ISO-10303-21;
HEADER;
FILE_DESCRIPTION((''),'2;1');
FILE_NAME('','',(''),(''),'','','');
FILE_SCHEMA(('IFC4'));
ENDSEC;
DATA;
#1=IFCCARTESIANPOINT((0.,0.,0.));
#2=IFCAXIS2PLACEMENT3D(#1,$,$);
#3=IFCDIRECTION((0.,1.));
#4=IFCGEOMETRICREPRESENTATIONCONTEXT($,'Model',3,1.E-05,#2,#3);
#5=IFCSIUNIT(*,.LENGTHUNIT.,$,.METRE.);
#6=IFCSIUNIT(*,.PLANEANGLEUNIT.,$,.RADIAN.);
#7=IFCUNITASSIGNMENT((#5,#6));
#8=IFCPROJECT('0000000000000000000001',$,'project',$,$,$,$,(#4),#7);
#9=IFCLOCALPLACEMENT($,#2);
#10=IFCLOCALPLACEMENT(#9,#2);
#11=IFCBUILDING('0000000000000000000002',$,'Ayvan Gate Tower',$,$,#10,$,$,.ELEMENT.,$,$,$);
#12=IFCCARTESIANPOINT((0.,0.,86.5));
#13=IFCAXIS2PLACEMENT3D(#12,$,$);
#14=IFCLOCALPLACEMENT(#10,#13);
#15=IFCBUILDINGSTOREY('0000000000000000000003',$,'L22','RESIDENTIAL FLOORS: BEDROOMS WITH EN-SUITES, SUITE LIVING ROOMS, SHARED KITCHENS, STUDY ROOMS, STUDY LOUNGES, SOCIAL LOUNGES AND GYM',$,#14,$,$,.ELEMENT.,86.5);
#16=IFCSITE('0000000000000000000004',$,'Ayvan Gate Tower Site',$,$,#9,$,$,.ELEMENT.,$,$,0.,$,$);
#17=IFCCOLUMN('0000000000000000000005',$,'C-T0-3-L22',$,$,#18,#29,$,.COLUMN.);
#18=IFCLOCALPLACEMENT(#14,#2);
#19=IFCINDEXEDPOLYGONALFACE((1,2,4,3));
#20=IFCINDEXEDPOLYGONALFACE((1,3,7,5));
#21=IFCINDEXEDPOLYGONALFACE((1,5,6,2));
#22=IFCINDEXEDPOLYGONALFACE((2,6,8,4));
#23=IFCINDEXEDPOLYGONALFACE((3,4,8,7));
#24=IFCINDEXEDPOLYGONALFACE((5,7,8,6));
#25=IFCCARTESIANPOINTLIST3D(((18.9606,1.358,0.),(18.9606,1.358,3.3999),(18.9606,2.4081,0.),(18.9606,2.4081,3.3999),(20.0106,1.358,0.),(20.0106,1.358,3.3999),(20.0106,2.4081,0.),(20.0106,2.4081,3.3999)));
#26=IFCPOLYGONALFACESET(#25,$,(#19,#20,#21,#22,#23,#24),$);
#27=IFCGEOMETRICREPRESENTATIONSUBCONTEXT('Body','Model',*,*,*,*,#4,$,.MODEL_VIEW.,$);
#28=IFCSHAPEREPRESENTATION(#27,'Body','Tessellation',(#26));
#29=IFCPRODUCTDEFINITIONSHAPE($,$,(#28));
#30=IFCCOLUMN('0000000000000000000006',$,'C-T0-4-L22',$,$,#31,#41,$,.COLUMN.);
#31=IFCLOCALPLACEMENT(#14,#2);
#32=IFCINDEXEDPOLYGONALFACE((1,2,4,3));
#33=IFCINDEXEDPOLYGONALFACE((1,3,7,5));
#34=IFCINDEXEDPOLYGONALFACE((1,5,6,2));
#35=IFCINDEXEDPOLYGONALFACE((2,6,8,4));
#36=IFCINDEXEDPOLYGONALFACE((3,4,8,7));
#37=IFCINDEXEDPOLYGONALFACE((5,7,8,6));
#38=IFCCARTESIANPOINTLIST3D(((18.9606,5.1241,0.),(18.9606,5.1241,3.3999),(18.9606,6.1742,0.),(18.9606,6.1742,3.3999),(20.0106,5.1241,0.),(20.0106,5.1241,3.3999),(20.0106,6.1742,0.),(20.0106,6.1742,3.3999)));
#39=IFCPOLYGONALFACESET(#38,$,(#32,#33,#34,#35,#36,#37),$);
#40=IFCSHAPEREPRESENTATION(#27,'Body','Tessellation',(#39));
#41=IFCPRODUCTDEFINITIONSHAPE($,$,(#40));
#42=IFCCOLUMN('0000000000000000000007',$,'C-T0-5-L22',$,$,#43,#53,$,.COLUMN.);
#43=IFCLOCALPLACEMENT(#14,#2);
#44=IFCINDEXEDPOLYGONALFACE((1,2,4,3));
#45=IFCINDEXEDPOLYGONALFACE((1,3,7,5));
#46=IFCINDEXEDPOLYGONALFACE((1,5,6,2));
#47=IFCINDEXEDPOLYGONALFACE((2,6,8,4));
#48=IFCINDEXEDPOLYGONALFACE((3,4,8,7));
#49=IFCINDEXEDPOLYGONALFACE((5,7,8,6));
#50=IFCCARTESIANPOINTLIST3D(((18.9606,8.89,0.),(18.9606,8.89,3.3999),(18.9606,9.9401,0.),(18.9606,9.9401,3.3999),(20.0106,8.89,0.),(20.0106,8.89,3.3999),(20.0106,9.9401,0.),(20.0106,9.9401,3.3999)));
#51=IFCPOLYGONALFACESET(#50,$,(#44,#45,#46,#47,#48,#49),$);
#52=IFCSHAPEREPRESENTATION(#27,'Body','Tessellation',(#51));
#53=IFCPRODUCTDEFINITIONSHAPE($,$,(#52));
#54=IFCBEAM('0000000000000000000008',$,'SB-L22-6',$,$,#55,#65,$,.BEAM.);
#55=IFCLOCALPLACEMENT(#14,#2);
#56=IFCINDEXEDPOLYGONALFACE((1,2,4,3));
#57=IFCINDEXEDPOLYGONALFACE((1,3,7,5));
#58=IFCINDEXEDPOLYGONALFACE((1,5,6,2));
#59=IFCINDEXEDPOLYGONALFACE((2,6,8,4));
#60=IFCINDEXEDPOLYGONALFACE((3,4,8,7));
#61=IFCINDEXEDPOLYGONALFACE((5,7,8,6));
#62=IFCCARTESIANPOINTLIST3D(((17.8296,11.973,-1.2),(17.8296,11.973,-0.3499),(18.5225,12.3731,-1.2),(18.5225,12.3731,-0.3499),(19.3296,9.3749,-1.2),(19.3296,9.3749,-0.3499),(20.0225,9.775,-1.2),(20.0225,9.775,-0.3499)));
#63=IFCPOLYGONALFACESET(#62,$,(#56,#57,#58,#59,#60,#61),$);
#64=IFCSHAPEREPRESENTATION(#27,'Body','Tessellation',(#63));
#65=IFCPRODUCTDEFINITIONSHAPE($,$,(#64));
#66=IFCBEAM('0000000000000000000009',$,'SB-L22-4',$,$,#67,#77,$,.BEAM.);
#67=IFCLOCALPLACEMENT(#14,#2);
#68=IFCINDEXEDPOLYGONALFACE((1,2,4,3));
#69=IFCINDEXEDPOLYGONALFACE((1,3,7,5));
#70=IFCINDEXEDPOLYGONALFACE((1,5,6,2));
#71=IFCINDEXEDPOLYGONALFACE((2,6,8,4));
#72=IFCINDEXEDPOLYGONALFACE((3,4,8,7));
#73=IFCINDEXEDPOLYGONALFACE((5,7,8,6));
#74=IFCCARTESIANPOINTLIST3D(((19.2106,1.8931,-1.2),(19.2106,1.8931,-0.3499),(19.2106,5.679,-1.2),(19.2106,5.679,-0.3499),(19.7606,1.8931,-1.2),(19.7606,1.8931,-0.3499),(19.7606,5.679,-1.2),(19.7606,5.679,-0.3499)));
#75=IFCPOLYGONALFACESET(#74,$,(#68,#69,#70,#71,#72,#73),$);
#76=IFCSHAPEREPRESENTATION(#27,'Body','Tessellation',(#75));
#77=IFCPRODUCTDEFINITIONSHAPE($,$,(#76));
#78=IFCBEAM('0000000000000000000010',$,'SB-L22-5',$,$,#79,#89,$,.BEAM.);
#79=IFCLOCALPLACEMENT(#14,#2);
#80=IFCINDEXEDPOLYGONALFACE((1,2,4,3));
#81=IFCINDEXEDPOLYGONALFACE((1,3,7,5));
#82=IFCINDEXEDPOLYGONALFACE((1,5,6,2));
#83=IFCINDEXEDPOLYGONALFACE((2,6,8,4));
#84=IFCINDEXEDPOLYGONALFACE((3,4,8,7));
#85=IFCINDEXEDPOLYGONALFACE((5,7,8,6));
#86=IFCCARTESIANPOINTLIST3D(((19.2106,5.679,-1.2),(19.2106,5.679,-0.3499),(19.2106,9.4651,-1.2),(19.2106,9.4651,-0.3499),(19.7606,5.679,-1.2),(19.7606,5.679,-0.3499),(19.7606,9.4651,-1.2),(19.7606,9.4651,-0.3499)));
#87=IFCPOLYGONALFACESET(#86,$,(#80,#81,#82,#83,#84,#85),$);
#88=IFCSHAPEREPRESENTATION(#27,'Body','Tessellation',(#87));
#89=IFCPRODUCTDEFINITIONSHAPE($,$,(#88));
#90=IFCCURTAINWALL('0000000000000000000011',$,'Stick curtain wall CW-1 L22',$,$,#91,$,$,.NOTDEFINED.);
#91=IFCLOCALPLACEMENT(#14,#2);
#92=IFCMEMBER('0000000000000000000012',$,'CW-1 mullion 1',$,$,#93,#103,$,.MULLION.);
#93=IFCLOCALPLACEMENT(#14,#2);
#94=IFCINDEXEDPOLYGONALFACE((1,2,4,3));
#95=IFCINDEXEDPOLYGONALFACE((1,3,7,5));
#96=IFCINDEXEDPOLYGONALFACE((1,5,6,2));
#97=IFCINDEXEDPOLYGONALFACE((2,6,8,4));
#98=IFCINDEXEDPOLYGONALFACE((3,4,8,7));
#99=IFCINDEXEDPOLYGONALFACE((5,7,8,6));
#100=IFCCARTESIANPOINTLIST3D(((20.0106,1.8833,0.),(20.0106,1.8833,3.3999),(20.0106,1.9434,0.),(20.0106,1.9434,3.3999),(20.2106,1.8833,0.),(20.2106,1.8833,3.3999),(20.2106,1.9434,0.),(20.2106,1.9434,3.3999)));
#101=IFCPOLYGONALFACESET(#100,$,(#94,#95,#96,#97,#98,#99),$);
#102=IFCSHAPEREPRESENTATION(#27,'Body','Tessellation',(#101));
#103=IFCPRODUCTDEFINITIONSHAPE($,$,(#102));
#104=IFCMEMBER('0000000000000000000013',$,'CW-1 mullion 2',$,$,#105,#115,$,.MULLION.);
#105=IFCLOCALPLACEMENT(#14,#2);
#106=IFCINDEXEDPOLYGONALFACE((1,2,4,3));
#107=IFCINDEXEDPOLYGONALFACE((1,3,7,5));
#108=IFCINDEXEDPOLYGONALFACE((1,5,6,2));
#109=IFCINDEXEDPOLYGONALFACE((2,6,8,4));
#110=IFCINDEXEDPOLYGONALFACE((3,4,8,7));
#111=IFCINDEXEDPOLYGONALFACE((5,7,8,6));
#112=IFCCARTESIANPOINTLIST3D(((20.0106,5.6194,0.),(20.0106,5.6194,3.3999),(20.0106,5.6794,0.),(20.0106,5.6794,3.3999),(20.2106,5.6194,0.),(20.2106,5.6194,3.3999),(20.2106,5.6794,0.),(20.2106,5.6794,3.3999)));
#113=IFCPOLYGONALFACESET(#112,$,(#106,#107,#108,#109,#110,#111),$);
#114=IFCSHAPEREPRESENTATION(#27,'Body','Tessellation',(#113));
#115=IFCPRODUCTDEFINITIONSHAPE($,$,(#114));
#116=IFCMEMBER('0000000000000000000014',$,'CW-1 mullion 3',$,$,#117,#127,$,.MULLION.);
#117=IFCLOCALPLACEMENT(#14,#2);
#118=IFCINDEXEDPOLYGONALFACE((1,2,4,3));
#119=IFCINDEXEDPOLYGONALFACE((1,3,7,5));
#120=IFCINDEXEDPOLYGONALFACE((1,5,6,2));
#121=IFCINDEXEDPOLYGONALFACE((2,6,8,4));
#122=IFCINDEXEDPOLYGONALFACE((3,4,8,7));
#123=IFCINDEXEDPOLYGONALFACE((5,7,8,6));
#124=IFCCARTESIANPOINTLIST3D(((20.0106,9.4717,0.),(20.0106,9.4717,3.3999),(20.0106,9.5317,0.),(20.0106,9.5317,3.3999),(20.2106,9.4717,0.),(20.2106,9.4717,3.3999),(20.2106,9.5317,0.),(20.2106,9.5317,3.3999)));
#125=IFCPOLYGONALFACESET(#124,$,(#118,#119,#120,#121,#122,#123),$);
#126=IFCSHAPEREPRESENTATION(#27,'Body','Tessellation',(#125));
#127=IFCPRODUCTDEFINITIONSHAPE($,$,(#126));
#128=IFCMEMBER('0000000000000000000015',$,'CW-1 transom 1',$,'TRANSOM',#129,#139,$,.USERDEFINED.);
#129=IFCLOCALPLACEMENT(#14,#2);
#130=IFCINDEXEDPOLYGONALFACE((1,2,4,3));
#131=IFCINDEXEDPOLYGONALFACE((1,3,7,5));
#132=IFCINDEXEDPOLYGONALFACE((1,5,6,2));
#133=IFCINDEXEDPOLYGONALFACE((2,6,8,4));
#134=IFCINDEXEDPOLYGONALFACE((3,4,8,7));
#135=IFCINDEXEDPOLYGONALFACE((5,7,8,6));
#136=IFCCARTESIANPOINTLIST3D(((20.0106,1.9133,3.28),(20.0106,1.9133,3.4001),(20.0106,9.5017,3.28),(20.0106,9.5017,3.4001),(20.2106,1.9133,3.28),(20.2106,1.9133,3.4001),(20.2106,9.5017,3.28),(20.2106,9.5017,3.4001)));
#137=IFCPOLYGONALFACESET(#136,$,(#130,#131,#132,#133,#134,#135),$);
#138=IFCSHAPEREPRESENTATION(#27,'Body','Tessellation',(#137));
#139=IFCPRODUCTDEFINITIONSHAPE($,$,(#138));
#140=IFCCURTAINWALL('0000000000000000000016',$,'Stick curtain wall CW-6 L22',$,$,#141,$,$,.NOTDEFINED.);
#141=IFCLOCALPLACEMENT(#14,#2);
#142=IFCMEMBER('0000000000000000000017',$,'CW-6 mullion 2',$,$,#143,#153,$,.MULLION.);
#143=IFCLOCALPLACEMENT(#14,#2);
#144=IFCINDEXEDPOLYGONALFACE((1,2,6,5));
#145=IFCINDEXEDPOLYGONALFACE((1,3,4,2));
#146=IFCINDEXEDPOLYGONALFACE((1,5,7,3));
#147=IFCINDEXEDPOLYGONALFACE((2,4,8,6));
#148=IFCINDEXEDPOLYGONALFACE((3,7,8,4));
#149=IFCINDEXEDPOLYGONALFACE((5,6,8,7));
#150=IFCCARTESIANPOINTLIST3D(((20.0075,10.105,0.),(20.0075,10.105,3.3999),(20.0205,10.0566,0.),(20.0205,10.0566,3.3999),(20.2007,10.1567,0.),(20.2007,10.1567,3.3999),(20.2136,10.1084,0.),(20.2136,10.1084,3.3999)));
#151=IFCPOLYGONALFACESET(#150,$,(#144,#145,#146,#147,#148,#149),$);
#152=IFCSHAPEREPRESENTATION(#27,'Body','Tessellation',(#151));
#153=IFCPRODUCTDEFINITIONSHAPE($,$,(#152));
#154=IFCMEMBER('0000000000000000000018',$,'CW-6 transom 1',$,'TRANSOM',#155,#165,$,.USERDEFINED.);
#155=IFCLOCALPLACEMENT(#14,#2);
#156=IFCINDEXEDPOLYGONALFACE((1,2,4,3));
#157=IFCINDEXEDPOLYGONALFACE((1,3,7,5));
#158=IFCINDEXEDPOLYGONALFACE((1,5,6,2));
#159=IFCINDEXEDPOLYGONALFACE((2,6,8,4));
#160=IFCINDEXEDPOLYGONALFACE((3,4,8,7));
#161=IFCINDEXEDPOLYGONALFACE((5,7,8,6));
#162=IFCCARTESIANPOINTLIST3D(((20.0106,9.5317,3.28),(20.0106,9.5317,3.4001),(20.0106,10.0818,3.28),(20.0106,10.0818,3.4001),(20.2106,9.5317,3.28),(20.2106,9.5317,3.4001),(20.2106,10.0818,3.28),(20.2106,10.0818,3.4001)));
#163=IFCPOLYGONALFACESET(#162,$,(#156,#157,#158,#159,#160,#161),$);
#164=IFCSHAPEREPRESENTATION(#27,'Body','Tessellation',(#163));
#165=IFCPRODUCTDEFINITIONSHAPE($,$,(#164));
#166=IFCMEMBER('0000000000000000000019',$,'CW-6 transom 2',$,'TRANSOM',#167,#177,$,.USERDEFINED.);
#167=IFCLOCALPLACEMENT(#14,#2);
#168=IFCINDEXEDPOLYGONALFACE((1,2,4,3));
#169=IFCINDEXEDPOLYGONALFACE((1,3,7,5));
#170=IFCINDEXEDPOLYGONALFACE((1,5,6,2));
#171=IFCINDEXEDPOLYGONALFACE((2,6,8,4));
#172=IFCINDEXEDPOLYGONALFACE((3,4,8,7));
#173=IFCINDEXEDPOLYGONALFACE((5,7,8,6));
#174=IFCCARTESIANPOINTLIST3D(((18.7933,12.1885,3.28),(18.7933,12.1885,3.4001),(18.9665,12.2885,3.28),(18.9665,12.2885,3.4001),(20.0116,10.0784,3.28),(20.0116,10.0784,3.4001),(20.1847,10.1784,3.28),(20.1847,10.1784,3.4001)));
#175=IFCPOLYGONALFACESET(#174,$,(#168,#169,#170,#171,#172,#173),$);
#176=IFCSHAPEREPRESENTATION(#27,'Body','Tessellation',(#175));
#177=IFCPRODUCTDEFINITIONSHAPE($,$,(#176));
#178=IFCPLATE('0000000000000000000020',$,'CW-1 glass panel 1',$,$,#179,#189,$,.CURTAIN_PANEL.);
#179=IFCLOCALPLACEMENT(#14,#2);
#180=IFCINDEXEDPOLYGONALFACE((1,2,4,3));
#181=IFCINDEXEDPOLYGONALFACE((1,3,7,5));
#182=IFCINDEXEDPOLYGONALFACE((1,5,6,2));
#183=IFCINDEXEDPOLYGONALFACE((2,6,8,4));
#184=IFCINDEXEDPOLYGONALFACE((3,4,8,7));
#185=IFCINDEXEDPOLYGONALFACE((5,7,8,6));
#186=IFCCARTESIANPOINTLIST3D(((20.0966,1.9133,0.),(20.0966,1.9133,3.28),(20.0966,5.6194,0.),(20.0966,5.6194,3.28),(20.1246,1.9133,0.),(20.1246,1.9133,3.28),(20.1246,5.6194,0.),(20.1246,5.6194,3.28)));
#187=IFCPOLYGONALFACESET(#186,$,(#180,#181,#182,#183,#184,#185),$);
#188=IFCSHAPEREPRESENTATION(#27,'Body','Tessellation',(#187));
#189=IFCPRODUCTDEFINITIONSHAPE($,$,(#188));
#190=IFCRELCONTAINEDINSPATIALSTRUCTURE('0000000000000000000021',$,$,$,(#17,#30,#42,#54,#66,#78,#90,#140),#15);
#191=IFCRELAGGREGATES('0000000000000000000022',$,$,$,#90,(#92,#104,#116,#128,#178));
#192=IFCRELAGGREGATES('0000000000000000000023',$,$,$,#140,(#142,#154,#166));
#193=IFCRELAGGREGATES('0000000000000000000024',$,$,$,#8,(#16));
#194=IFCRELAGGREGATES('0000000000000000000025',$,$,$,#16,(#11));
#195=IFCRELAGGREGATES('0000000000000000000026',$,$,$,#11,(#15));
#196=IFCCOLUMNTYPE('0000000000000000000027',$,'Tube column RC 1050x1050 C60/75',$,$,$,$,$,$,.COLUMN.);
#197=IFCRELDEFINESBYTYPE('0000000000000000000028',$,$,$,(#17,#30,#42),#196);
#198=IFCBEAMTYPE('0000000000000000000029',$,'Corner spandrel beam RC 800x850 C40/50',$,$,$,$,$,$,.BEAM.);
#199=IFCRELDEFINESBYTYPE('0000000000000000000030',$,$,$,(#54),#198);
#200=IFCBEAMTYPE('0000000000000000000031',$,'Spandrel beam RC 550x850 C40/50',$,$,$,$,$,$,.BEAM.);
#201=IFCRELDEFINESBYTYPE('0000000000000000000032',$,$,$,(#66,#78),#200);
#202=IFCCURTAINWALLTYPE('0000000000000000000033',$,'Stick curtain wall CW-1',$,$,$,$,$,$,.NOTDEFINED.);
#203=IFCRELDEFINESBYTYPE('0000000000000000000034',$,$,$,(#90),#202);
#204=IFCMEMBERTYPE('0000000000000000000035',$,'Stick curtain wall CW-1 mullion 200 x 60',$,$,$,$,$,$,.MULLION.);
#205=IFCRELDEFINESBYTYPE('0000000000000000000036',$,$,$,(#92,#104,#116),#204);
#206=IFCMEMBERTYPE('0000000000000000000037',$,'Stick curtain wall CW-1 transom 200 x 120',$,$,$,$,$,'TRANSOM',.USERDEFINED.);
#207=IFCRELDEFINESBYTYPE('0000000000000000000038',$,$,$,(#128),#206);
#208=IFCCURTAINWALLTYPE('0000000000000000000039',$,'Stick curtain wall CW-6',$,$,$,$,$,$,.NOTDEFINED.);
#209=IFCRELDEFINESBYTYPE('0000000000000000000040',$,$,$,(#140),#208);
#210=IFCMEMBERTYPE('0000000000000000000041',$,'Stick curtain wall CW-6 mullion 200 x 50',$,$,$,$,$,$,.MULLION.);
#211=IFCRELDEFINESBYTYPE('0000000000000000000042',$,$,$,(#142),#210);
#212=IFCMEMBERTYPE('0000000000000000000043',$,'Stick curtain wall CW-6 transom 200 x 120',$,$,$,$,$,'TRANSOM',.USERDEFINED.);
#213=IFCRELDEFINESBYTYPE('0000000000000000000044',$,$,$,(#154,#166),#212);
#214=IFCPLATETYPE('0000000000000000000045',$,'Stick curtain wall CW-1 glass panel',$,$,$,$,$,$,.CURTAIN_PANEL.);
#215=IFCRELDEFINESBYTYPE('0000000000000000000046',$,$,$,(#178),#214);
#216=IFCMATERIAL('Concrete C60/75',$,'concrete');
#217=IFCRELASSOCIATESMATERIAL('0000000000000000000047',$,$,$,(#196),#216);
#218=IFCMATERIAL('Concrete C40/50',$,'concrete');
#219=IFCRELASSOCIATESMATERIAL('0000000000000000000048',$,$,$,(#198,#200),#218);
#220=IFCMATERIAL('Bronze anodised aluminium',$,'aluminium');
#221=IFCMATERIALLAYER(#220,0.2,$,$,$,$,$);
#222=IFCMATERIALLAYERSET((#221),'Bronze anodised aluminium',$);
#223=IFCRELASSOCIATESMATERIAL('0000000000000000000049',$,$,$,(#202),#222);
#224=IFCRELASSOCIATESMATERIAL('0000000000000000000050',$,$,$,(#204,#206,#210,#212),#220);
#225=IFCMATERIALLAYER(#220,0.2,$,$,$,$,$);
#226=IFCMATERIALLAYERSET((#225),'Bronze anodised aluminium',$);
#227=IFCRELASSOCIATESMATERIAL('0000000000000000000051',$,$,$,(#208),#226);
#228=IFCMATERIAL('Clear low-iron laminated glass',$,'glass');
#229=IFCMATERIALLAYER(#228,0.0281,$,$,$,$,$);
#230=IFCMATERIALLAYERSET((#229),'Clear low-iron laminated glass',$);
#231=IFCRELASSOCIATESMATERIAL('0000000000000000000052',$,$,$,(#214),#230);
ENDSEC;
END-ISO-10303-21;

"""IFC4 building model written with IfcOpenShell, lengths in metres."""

from ifc_helpers import new_model, si_unit, direction, frame, origin, origin_2d, place, context, subcontext, project, spatial, rectangle, extrude, material, layer, layer_set, material_profile, profile_set, type_object, element, aggregate, save


model = new_model("IFC4")

# Units and contexts
model_context = context("Model", 3, precision=1e-05, world=origin(), true_north=direction((0.0, 1.0)))
body_context = subcontext(model_context, "Body", "Model", "MODEL_VIEW")
ifc_project = project(units=[si_unit("LENGTHUNIT", "METRE"), si_unit("PLANEANGLEUNIT", "RADIAN")], contexts=[model_context])

# Site, building, storey
site_placement = place(None, origin())
site = spatial("IfcSite", under=ifc_project, at=site_placement, Name="Ayvan Gate Tower Site", CompositionType="ELEMENT", RefElevation=0.0)
building_placement = place(site_placement, origin())
building = spatial("IfcBuilding", under=site, at=building_placement, Name="Ayvan Gate Tower", CompositionType="ELEMENT")
storey_placement = place(building_placement, frame((0.0, 0.0, 86.5)))
storey = spatial("IfcBuildingStorey", under=building, at=storey_placement, Name="L22", Description="RESIDENTIAL FLOORS: BEDROOMS WITH EN-SUITES, SUITE LIVING ROOMS, SHARED KITCHENS, STUDY ROOMS, STUDY LOUNGES, SOCIAL LOUNGES AND GYM", CompositionType="ELEMENT", Elevation=86.5)

# Columns
ifc_material_1 = material(Name="Concrete C60/75", Category="concrete")
ifc_material_profile_1 = material_profile(ifc_material_1, rectangle(XDim=1.05, YDim=1.05, at=origin_2d()), Name="RC 1050x1050")
ifc_profile_set_1 = profile_set([ifc_material_profile_1], Name="Concrete C60/75")
column_type = type_object("IfcColumnType", Name="Tube column RC 1050x1050 C60/75", PredefinedType="COLUMN", material=ifc_profile_set_1)
for number, where, z_axis, x_axis, name in (
    (1, (19.4856, 1.8831, 0.0), (0.0, 0.0, 1.0), (1.0, 0.0, 0.0), "C-T0-3-L22"),
    (2, (19.4856, 5.6492, 0.0), (0.0, 0.0, 1.0), (1.0, 0.0, 0.0), "C-T0-4-L22"),
    (3, (19.4856, 9.415, 0.0), (0.0, 0.0, 1.0), (1.0, 0.0, 0.0), "C-T0-5-L22"),
):
    element("IfcColumn", number, at=place(storey_placement, frame(where, z_axis=z_axis, x_axis=x_axis)), inside=storey, type_object=column_type, Name=name, PredefinedType="COLUMN", context=body_context, shape_type="SweptSolid", body=[
        extrude(rectangle(XDim=1.05, YDim=1.05, at=origin_2d()), origin(), (0.0, 0.0, 1.0), 3.3999),
    ])

# Beams
ifc_material_2 = material(Name="Concrete C40/50", Category="concrete")
ifc_material_profile_2 = material_profile(ifc_material_2, rectangle(XDim=0.8, YDim=0.8501, at=origin_2d()), Name="RC 800x850")
ifc_profile_set_2 = profile_set([ifc_material_profile_2], Name="Concrete C40/50")
beam_type_1 = type_object("IfcBeamType", Name="Corner spandrel beam RC 800x850 C40/50", PredefinedType="BEAM", material=ifc_profile_set_2)
beam_1_placement = place(storey_placement, frame((19.676, 9.575, -0.7749), z_axis=(-0.49999, 0.866031, 0.0), x_axis=(-0.866031, -0.49999, 0.0)))
element("IfcBeam", 4, at=beam_1_placement, inside=storey, type_object=beam_type_1, Name="SB-L22-6", PredefinedType="BEAM", context=body_context, shape_type="SweptSolid", body=[
    extrude(rectangle(XDim=0.8, YDim=0.8501, at=origin_2d()), origin(), (0.0, 0.0, 1.0), 3.0),
])
ifc_material_profile_3 = material_profile(ifc_material_2, rectangle(XDim=0.55, YDim=0.8501, at=origin_2d()), Name="RC 550x850")
ifc_profile_set_3 = profile_set([ifc_material_profile_3], Name="Concrete C40/50")
beam_type_2 = type_object("IfcBeamType", Name="Spandrel beam RC 550x850 C40/50", PredefinedType="BEAM", material=ifc_profile_set_3)
beam_2_placement = place(storey_placement, frame((19.4856, 1.8931, -0.7749), z_axis=(0.0, 1.0, 0.0), x_axis=(-1.0, 0.0, 0.0)))
element("IfcBeam", 5, at=beam_2_placement, inside=storey, type_object=beam_type_2, Name="SB-L22-4", PredefinedType="BEAM", context=body_context, shape_type="SweptSolid", body=[
    extrude(rectangle(XDim=0.55, YDim=0.8501, at=origin_2d()), origin(), (0.0, 0.0, 1.0), 3.7859),
])
beam_3_placement = place(storey_placement, frame((19.4856, 5.679, -0.7749), z_axis=(0.0, 1.0, 0.0), x_axis=(-1.0, 0.0, 0.0)))
element("IfcBeam", 6, at=beam_3_placement, inside=storey, type_object=beam_type_2, Name="SB-L22-5", PredefinedType="BEAM", context=body_context, shape_type="SweptSolid", body=[
    extrude(rectangle(XDim=0.55, YDim=0.8501, at=origin_2d()), origin(), (0.0, 0.0, 1.0), 3.7861),
])

# Curtain walls, members
ifc_material_3 = material(Name="Bronze anodised aluminium", Category="aluminium")
ifc_layer_1 = layer(ifc_material_3, 0.2)
ifc_layer_set_1 = layer_set([ifc_layer_1], Name="Bronze anodised aluminium")
curtain_wall_type_1 = type_object("IfcCurtainWallType", Name="Stick curtain wall CW-1", PredefinedType="NOTDEFINED", material=ifc_layer_set_1)
curtain_wall_1_placement = place(storey_placement, origin())
curtain_wall_1 = element("IfcCurtainWall", 7, at=curtain_wall_1_placement, inside=storey, type_object=curtain_wall_type_1, Name="Stick curtain wall CW-1 L22", PredefinedType="NOTDEFINED")
ifc_material_profile_4 = material_profile(ifc_material_3, rectangle(XDim=0.2, YDim=0.0601, at=origin_2d()), Name="Stick curtain wall CW-1 mullion 200 x 60")
ifc_profile_set_4 = profile_set([ifc_material_profile_4], Name="Bronze anodised aluminium")
member_type_1 = type_object("IfcMemberType", Name="Stick curtain wall CW-1 mullion 200 x 60", PredefinedType="MULLION", material=ifc_profile_set_4)
member_1_placement = place(storey_placement, frame((20.1106, 1.9133, 0.0), z_axis=(0.0, 0.0, 1.0), x_axis=(1.0, 0.0, 0.0)))
member_1 = element("IfcMember", 8, at=member_1_placement, type_object=member_type_1, Name="CW-1 mullion 1", PredefinedType="MULLION", context=body_context, shape_type="SweptSolid", body=[
    extrude(rectangle(XDim=0.2, YDim=0.0601, at=origin_2d()), origin(), (0.0, 0.0, 1.0), 3.3999),
])
member_2_placement = place(storey_placement, frame((20.1106, 5.6494, 0.0), z_axis=(0.0, 0.0, 1.0), x_axis=(1.0, 0.0, 0.0)))
member_2 = element("IfcMember", 9, at=member_2_placement, type_object=member_type_1, Name="CW-1 mullion 2", PredefinedType="MULLION", context=body_context, shape_type="SweptSolid", body=[
    extrude(rectangle(XDim=0.2, YDim=0.0601, at=origin_2d()), origin(), (0.0, 0.0, 1.0), 3.3999),
])
member_3_placement = place(storey_placement, frame((20.1106, 9.5017, 0.0), z_axis=(0.0, 0.0, 1.0), x_axis=(1.0, 0.0, 0.0)))
member_3 = element("IfcMember", 10, at=member_3_placement, type_object=member_type_1, Name="CW-1 mullion 3", PredefinedType="MULLION", context=body_context, shape_type="SweptSolid", body=[
    extrude(rectangle(XDim=0.2, YDim=0.0601, at=origin_2d()), origin(), (0.0, 0.0, 1.0), 3.3999),
])
ifc_material_profile_5 = material_profile(ifc_material_3, rectangle(XDim=0.2, YDim=0.1201, at=origin_2d()), Name="Stick curtain wall CW-1 transom 200 x 120")
ifc_profile_set_5 = profile_set([ifc_material_profile_5], Name="Bronze anodised aluminium")
member_type_2 = type_object("IfcMemberType", Name="Stick curtain wall CW-1 transom 200 x 120", ElementType="TRANSOM", PredefinedType="USERDEFINED", material=ifc_profile_set_5)
member_4_placement = place(storey_placement, frame((20.1106, 1.9133, 3.3401), z_axis=(0.0, 1.0, 0.0), x_axis=(-1.0, 0.0, 0.0)))
member_4 = element("IfcMember", 11, at=member_4_placement, type_object=member_type_2, Name="CW-1 transom 1", ObjectType="TRANSOM", PredefinedType="USERDEFINED", context=body_context, shape_type="SweptSolid", body=[
    extrude(rectangle(XDim=0.2, YDim=0.1201, at=origin_2d()), origin(), (0.0, 0.0, 1.0), 7.5884),
])
ifc_layer_2 = layer(ifc_material_3, 0.2)
ifc_layer_set_2 = layer_set([ifc_layer_2], Name="Bronze anodised aluminium")
curtain_wall_type_2 = type_object("IfcCurtainWallType", Name="Stick curtain wall CW-6", PredefinedType="NOTDEFINED", material=ifc_layer_set_2)
curtain_wall_2_placement = place(storey_placement, origin())
curtain_wall_2 = element("IfcCurtainWall", 12, at=curtain_wall_2_placement, inside=storey, type_object=curtain_wall_type_2, Name="Stick curtain wall CW-6 L22", PredefinedType="NOTDEFINED")
ifc_material_profile_6 = material_profile(ifc_material_3, rectangle(XDim=0.2, YDim=0.05, at=origin_2d()), Name="Stick curtain wall CW-6 mullion 200 x 50")
ifc_profile_set_6 = profile_set([ifc_material_profile_6], Name="Bronze anodised aluminium")
member_type_3 = type_object("IfcMemberType", Name="Stick curtain wall CW-6 mullion 200 x 50", PredefinedType="MULLION", material=ifc_profile_set_6)
member_5_placement = place(storey_placement, frame((20.1106, 10.1067, 0.0), z_axis=(0.0, 0.0, 1.0), x_axis=(0.965926, 0.258819, 0.0)))
member_5 = element("IfcMember", 13, at=member_5_placement, type_object=member_type_3, Name="CW-6 mullion 2", PredefinedType="MULLION", context=body_context, shape_type="SweptSolid", body=[
    extrude(rectangle(XDim=0.2, YDim=0.05, at=origin_2d()), origin(), (0.0, 0.0, 1.0), 3.3999),
])
ifc_material_profile_7 = material_profile(ifc_material_3, rectangle(XDim=0.2, YDim=0.1201, at=origin_2d()), Name="Stick curtain wall CW-6 transom 200 x 120")
ifc_profile_set_7 = profile_set([ifc_material_profile_7], Name="Bronze anodised aluminium")
member_type_4 = type_object("IfcMemberType", Name="Stick curtain wall CW-6 transom 200 x 120", ElementType="TRANSOM", PredefinedType="USERDEFINED", material=ifc_profile_set_7)
member_6_placement = place(storey_placement, frame((20.1106, 9.5317, 3.3401), z_axis=(0.0, 1.0, 0.0), x_axis=(-1.0, 0.0, 0.0)))
member_6 = element("IfcMember", 14, at=member_6_placement, type_object=member_type_4, Name="CW-6 transom 1", ObjectType="TRANSOM", PredefinedType="USERDEFINED", context=body_context, shape_type="SweptSolid", body=[
    extrude(rectangle(XDim=0.2, YDim=0.1201, at=origin_2d()), origin(), (0.0, 0.0, 1.0), 0.55),
])
member_7_placement = place(storey_placement, frame((20.0981, 10.1284, 3.3401), z_axis=(-0.499997, 0.866027, 0.0), x_axis=(-0.866027, -0.499997, 0.0)))
member_7 = element("IfcMember", 15, at=member_7_placement, type_object=member_type_4, Name="CW-6 transom 2", ObjectType="TRANSOM", PredefinedType="USERDEFINED", context=body_context, shape_type="SweptSolid", body=[
    extrude(rectangle(XDim=0.2, YDim=0.1201, at=origin_2d()), origin(), (0.0, 0.0, 1.0), 2.4365),
])

# Plate
ifc_material_4 = material(Name="Clear low-iron laminated glass", Category="glass")
ifc_layer_3 = layer(ifc_material_4, 0.0281)
ifc_layer_set_3 = layer_set([ifc_layer_3], Name="Clear low-iron laminated glass")
plate_type_1 = type_object("IfcPlateType", Name="Stick curtain wall CW-1 glass panel", PredefinedType="CURTAIN_PANEL", material=ifc_layer_set_3)
plate_1_placement = place(storey_placement, frame((20.1106, 3.7664, 0.0), z_axis=(0.0, 0.0, 1.0), x_axis=(0.0, 1.0, 0.0)))
plate_1 = element("IfcPlate", 16, at=plate_1_placement, type_object=plate_type_1, Name="CW-1 glass panel 1", PredefinedType="CURTAIN_PANEL", context=body_context, shape_type="SweptSolid", body=[
    extrude(rectangle(XDim=3.7061, YDim=0.0281, at=origin_2d()), origin(), (0.0, 0.0, 1.0), 3.28),
])
aggregate(curtain_wall_1, [member_1, member_2, member_3, member_4, plate_1])
aggregate(curtain_wall_2, [member_5, member_6, member_7])

save(model, "model.ifc")
